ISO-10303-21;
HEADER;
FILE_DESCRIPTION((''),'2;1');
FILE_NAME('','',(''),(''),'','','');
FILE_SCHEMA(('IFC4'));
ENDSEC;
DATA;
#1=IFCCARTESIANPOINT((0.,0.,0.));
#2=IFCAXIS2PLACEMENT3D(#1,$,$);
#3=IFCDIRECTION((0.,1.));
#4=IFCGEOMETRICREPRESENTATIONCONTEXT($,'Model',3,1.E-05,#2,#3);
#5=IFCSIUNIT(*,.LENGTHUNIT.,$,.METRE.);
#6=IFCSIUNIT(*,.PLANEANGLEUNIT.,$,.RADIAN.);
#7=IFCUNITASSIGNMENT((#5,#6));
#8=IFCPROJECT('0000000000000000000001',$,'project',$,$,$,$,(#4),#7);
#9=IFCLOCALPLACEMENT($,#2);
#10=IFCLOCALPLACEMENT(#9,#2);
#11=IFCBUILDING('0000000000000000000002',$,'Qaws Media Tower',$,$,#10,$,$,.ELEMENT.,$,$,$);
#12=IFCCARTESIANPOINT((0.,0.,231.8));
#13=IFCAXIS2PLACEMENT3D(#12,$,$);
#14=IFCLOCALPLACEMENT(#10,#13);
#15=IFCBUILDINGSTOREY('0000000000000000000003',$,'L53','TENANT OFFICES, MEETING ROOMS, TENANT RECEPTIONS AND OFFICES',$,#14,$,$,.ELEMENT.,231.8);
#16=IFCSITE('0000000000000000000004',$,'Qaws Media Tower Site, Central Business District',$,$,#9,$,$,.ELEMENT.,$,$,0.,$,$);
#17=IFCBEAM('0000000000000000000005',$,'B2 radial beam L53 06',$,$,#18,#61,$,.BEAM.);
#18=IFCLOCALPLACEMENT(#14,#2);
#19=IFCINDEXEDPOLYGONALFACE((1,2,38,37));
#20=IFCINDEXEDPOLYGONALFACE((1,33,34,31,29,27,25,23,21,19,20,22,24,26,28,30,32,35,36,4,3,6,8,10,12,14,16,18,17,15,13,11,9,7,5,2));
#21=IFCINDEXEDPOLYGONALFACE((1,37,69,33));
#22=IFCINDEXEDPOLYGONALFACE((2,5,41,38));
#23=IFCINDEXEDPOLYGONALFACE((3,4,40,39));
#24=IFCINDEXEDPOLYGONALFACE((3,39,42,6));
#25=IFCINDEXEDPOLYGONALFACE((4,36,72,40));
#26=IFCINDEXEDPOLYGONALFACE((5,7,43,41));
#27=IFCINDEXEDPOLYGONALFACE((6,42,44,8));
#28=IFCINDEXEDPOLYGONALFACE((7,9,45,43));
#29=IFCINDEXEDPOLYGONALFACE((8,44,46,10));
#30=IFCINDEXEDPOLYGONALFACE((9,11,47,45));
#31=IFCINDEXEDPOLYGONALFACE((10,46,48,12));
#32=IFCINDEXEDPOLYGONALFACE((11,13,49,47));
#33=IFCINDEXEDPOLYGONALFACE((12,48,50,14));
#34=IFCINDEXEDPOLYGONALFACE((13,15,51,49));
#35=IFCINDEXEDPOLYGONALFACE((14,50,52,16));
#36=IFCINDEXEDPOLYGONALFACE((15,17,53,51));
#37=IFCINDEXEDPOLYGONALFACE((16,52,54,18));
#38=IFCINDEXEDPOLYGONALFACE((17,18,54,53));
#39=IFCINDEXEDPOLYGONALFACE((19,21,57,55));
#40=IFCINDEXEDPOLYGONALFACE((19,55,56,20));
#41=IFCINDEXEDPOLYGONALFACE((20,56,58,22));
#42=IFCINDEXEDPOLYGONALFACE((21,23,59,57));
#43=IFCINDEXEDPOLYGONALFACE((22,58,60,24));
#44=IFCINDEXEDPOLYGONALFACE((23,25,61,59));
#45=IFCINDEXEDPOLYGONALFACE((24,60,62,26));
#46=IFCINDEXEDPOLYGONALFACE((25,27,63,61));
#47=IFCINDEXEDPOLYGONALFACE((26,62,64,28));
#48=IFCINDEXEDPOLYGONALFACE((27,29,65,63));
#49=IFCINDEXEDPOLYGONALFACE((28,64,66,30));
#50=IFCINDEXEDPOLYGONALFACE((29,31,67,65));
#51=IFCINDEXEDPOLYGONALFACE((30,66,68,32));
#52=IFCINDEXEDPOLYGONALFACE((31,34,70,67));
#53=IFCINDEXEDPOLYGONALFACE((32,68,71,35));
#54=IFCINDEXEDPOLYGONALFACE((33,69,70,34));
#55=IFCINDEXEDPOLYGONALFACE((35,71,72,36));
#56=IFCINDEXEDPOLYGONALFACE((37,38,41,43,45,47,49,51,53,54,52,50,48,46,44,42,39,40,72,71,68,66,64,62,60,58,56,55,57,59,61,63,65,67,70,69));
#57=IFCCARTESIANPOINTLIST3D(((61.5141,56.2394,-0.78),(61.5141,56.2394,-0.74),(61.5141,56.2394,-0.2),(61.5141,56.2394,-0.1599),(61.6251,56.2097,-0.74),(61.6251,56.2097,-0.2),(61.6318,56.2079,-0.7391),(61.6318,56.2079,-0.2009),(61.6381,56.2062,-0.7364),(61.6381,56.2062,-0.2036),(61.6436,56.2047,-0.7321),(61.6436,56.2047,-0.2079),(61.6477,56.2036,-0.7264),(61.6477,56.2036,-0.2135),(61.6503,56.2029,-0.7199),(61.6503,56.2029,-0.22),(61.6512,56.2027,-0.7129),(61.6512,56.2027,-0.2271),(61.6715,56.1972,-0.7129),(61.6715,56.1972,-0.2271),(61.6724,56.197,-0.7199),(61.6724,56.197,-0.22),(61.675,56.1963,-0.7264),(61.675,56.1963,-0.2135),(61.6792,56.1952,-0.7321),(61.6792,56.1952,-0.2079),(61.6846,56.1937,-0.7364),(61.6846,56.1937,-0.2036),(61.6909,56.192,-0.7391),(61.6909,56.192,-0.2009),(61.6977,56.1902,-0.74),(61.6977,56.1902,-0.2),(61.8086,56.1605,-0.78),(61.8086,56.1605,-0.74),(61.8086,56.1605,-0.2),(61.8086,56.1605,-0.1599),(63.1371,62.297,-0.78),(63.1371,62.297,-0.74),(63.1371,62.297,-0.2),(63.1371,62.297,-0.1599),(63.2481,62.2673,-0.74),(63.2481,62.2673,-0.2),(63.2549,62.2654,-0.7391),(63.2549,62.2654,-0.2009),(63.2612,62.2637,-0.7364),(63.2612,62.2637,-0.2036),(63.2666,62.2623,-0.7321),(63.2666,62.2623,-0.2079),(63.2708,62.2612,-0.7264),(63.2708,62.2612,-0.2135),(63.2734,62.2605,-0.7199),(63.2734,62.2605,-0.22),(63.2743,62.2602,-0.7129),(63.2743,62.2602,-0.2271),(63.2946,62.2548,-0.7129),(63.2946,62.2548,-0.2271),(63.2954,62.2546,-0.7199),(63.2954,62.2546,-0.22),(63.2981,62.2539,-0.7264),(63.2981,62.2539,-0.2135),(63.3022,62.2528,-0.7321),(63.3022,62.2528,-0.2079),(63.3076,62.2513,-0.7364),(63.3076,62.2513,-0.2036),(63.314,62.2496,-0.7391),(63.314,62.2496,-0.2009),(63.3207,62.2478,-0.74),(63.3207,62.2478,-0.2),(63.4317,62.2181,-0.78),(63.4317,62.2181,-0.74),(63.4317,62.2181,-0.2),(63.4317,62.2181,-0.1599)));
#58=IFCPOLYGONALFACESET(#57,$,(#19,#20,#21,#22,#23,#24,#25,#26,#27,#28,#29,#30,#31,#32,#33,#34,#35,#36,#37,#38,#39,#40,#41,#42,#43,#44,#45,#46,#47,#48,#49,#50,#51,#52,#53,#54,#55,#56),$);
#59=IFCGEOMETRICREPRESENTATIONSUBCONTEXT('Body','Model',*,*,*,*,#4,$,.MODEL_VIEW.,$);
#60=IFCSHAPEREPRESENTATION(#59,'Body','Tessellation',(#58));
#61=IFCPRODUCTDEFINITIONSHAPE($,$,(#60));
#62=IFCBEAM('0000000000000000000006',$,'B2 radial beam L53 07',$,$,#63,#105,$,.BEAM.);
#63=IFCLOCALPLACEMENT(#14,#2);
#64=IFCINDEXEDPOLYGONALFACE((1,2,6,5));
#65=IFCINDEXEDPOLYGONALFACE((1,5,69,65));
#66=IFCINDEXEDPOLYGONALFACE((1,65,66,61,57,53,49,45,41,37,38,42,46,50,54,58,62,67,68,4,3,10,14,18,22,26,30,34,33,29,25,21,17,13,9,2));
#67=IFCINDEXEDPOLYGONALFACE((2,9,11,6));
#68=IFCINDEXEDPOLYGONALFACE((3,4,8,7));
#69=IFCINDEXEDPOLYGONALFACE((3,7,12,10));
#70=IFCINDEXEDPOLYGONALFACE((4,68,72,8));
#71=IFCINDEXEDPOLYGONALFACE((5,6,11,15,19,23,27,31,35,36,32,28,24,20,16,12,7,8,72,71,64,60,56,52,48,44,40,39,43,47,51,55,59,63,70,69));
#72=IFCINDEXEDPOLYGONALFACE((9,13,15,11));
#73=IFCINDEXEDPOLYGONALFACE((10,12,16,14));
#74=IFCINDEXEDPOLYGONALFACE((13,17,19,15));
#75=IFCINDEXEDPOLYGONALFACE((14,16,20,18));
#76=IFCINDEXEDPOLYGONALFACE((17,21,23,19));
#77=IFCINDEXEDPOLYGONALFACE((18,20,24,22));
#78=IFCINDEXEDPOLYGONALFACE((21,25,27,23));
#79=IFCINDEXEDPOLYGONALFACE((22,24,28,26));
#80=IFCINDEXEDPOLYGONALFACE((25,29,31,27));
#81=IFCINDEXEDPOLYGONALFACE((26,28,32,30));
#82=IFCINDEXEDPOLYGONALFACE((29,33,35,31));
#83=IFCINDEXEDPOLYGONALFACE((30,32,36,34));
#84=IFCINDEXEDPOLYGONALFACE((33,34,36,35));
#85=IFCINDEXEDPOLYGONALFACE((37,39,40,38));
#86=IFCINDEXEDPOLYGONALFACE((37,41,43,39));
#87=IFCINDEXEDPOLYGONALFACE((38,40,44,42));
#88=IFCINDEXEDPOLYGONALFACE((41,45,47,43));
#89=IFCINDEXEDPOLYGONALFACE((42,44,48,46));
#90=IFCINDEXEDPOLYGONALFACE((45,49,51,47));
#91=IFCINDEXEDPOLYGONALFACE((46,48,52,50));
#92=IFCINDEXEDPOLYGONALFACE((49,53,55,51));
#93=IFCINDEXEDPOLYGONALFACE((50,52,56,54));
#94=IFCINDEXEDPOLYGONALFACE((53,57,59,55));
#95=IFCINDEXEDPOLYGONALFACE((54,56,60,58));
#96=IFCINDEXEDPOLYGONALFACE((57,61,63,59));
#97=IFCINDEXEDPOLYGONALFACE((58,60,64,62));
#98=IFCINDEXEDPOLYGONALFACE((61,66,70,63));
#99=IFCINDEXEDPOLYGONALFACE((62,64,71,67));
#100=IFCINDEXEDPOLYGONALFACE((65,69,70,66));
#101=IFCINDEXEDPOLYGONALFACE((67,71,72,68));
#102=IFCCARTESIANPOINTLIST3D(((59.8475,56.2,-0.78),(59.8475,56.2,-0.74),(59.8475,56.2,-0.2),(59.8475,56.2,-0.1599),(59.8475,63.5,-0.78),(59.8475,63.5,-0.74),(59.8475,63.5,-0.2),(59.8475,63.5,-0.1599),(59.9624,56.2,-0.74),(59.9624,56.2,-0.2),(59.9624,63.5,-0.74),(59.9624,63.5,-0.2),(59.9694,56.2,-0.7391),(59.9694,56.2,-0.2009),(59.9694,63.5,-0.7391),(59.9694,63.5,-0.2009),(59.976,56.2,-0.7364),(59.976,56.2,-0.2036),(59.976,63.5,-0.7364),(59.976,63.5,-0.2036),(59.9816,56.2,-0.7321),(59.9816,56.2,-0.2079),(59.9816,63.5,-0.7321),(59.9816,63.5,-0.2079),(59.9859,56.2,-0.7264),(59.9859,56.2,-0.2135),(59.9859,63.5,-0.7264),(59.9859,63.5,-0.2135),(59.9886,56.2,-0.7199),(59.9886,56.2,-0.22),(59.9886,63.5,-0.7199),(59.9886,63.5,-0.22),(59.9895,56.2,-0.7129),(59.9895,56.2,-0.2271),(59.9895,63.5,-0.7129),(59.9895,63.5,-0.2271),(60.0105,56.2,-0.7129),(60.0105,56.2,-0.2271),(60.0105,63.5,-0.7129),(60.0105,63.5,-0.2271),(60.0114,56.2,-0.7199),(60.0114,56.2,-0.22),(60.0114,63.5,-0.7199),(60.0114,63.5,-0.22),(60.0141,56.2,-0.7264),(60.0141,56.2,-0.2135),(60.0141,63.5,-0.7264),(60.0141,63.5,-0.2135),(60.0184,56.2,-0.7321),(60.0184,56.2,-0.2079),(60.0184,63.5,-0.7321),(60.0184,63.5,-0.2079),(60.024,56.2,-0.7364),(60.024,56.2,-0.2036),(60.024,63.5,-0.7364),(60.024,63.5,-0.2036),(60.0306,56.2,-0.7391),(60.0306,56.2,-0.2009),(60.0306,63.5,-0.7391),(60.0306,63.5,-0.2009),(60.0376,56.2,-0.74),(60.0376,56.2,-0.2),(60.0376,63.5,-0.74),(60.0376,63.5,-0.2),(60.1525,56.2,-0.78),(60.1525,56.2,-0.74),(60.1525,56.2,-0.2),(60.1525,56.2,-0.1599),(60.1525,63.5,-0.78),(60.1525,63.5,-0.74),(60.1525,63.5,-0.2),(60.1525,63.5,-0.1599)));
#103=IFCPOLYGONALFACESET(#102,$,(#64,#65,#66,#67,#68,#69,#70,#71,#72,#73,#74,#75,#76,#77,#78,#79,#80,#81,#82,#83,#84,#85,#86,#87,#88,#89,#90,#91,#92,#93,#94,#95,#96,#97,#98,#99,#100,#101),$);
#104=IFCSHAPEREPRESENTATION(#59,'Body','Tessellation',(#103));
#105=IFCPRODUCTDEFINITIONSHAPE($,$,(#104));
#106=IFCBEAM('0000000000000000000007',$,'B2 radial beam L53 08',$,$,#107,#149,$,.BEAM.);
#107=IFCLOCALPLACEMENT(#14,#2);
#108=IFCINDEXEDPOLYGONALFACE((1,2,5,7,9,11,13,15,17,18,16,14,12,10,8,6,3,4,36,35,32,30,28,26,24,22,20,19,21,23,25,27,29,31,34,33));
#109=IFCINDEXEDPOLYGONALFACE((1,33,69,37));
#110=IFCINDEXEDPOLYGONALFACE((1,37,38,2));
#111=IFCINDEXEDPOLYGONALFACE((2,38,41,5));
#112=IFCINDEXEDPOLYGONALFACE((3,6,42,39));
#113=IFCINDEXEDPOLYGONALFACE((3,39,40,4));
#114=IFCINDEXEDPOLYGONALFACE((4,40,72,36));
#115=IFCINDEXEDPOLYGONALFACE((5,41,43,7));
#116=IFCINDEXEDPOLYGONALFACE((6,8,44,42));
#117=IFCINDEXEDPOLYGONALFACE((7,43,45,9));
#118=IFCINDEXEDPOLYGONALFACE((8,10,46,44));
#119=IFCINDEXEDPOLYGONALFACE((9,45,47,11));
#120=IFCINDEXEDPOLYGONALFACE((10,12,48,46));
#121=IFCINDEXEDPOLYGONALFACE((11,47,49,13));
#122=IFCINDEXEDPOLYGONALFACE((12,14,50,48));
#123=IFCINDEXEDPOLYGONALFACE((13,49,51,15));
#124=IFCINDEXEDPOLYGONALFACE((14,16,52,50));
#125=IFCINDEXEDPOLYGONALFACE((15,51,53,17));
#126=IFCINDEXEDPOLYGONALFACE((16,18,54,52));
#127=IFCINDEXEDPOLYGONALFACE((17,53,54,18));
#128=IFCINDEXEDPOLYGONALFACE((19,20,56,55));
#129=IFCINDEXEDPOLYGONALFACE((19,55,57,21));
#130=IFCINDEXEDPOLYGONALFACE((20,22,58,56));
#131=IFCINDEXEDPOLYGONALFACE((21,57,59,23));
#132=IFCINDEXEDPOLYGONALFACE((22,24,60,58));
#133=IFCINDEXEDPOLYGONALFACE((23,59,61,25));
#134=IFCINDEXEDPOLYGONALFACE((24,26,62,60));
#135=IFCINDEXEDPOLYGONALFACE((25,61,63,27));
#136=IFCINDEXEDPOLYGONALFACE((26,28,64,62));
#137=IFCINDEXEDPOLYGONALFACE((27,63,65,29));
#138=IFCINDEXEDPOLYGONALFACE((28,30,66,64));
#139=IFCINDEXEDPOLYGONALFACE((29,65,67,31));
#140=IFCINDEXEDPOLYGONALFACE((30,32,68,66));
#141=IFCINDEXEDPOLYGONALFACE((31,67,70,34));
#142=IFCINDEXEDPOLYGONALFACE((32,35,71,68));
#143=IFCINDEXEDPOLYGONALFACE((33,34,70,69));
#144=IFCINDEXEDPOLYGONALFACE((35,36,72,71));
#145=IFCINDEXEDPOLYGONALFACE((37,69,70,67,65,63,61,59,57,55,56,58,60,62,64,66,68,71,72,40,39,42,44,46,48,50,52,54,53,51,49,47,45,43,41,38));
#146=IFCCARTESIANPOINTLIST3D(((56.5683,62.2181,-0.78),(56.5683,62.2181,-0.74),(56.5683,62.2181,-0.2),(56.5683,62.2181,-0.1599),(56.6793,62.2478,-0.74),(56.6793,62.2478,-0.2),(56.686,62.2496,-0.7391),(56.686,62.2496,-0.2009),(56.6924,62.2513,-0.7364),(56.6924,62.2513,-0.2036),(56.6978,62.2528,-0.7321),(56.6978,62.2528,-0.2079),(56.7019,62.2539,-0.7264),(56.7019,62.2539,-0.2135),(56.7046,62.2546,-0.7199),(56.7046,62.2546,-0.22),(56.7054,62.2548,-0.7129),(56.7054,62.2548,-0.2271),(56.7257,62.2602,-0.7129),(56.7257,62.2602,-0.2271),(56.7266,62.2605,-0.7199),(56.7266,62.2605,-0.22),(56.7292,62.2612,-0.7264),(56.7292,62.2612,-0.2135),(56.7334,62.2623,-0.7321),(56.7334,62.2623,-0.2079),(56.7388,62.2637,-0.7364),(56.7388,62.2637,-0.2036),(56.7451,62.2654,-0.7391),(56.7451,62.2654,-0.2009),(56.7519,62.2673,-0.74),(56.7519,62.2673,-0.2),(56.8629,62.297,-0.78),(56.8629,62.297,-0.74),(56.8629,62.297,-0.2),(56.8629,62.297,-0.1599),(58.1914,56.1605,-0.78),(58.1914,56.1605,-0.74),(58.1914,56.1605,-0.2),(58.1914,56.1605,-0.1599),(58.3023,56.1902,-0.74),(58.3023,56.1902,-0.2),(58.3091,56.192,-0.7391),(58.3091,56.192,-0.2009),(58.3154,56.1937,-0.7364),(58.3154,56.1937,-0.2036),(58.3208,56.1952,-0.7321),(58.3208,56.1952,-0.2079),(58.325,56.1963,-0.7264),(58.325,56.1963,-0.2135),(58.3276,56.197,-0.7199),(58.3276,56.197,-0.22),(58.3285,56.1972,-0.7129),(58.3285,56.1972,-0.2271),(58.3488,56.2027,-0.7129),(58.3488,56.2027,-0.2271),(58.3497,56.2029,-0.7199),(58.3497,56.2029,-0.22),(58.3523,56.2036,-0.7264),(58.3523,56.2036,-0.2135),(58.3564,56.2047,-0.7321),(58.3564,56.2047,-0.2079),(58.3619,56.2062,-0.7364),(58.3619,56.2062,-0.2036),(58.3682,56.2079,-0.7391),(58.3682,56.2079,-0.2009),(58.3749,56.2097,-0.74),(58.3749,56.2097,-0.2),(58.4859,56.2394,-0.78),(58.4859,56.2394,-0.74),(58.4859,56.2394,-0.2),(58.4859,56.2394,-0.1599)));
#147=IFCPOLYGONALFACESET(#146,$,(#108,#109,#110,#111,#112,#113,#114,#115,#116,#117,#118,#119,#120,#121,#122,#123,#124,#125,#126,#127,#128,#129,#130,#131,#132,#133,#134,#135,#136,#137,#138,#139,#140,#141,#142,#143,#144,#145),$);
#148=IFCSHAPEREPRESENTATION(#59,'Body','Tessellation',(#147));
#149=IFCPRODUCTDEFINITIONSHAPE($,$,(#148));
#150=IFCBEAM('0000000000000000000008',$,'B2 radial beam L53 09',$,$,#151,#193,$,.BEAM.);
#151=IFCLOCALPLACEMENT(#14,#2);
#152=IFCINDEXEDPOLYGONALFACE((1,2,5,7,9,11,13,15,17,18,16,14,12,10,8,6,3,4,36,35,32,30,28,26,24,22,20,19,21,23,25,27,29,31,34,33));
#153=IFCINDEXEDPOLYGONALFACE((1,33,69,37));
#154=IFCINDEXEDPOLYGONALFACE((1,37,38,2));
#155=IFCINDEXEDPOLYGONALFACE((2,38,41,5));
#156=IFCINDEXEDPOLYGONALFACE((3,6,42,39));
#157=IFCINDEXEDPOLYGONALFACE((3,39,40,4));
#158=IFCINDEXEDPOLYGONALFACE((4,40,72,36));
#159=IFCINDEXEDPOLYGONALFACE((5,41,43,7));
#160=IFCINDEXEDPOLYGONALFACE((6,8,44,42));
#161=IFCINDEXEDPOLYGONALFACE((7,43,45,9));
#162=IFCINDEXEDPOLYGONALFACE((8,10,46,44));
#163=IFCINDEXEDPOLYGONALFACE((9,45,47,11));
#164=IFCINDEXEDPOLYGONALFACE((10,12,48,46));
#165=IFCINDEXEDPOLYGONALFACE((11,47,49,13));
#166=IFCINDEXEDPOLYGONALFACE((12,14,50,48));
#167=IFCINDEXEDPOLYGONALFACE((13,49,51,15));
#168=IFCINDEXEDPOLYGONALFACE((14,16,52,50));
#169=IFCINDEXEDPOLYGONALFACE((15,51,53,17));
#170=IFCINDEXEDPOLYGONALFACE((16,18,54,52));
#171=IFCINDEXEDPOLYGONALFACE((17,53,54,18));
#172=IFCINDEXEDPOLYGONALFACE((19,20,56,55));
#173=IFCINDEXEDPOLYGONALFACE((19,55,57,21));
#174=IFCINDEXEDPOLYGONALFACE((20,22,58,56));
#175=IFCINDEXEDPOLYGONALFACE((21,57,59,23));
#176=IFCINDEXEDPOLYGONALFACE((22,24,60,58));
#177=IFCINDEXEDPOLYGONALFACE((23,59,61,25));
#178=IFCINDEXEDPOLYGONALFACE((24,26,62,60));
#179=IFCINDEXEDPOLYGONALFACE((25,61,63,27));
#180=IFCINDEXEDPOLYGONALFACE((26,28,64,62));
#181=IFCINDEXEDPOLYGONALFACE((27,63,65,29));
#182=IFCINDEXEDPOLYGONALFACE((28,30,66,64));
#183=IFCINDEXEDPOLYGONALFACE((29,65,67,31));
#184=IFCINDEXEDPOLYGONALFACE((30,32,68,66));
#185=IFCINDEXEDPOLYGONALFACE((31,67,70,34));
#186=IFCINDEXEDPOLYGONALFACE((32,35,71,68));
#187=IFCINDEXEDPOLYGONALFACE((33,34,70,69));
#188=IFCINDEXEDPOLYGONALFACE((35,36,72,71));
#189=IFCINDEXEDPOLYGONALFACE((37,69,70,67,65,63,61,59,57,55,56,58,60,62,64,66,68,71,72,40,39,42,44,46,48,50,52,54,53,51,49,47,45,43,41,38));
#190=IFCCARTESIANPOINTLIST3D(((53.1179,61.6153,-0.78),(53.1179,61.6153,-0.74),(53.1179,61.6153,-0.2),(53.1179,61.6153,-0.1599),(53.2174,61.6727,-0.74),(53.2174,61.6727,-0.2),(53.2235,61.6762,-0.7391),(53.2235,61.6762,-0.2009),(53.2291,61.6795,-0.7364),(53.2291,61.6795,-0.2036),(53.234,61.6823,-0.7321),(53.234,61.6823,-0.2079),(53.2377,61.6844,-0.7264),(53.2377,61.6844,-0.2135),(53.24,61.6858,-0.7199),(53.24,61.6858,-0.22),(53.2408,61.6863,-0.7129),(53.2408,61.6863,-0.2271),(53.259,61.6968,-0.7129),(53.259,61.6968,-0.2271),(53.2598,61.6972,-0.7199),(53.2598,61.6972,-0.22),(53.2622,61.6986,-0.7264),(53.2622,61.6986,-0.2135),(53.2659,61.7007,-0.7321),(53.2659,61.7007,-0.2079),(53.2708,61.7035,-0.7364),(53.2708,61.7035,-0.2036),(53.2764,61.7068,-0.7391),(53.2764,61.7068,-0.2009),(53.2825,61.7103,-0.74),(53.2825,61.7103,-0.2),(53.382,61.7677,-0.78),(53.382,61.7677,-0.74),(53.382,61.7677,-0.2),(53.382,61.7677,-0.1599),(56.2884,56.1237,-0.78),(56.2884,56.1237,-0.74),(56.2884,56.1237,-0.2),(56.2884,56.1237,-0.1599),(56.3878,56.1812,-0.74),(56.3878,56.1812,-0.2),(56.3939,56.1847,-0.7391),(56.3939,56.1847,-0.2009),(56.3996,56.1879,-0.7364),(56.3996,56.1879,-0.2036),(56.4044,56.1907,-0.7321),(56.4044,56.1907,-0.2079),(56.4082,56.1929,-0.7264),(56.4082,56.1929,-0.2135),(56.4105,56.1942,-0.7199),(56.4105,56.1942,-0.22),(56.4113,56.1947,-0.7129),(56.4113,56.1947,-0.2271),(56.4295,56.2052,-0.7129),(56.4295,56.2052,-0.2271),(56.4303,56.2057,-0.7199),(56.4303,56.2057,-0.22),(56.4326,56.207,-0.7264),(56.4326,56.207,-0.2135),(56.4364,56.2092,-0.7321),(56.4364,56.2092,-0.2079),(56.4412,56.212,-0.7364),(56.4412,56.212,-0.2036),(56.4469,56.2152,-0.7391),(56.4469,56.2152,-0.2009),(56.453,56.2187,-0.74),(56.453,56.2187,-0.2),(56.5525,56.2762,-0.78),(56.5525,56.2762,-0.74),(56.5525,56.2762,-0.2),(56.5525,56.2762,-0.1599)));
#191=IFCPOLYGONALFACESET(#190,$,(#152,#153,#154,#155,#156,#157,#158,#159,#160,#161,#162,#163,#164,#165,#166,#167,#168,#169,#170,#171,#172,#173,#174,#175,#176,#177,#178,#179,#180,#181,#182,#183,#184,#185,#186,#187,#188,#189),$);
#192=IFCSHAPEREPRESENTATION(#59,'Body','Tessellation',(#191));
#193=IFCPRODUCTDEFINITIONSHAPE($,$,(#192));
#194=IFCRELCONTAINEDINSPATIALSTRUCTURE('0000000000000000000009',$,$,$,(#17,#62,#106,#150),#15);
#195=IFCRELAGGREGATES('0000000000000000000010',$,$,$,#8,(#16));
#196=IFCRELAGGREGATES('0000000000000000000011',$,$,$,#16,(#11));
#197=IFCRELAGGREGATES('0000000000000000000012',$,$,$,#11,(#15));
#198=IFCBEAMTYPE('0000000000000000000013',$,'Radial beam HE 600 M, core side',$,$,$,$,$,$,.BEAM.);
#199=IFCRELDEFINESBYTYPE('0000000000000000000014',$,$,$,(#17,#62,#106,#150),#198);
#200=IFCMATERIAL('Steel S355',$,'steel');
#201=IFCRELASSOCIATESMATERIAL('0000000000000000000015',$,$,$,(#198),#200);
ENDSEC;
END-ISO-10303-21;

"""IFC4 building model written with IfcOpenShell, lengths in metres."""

from ifc_helpers import new_model, si_unit, direction, frame, origin, origin_2d, place, context, subcontext, project, spatial, i_section, extrude, material, material_profile, profile_set, type_object, element, save


model = new_model("IFC4")

# Units and contexts
model_context = context("Model", 3, precision=1e-05, world=origin(), true_north=direction((0.0, 1.0)))
body_context = subcontext(model_context, "Body", "Model", "MODEL_VIEW")
ifc_project = project(units=[si_unit("LENGTHUNIT", "METRE"), si_unit("PLANEANGLEUNIT", "RADIAN")], contexts=[model_context])

# Site, building, storey
site_placement = place(None, origin())
site = spatial("IfcSite", under=ifc_project, at=site_placement, Name="Qaws Media Tower Site, Central Business District", CompositionType="ELEMENT", RefElevation=0.0)
building_placement = place(site_placement, origin())
building = spatial("IfcBuilding", under=site, at=building_placement, Name="Qaws Media Tower", CompositionType="ELEMENT")
storey_placement = place(building_placement, frame((0.0, 0.0, 231.8)))
storey = spatial("IfcBuildingStorey", under=building, at=storey_placement, Name="L53", Description="TENANT OFFICES, MEETING ROOMS, TENANT RECEPTIONS AND OFFICES", CompositionType="ELEMENT", Elevation=231.8)

# Beams
ifc_material_1 = material(Name="Steel S355", Category="steel")
ifc_material_profile_1 = material_profile(ifc_material_1, i_section(OverallWidth=0.3049, OverallDepth=0.6201, WebThickness=0.021, FlangeThickness=0.04, FilletRadius=0.0271, at=origin_2d()), Name="HE 600 M")
ifc_profile_set_1 = profile_set([ifc_material_profile_1], Name="Steel S355")
beam_type = type_object("IfcBeamType", Name="Radial beam HE 600 M, core side", PredefinedType="BEAM", material=ifc_profile_set_1)
beam_1_placement = place(storey_placement, frame((61.6614, 56.2, -0.47), z_axis=(0.258806, 0.965929, 0.0), x_axis=(-0.965929, 0.258806, 0.0)))
element("IfcBeam", 1, at=beam_1_placement, inside=storey, type_object=beam_type, Name="B2 radial beam L53 06", PredefinedType="BEAM", context=body_context, shape_type="SweptSolid", body=[
    extrude(i_section(OverallWidth=0.3049, OverallDepth=0.6201, WebThickness=0.021, FlangeThickness=0.04, FilletRadius=0.0271, at=origin_2d()), origin(), (0.0, 0.0, 1.0), 6.2712),
])
beam_2_placement = place(storey_placement, frame((60.0, 56.2, -0.47), z_axis=(0.0, 1.0, 0.0), x_axis=(-1.0, 0.0, 0.0)))
element("IfcBeam", 2, at=beam_2_placement, inside=storey, type_object=beam_type, Name="B2 radial beam L53 07", PredefinedType="BEAM", context=body_context, shape_type="SweptSolid", body=[
    extrude(i_section(OverallWidth=0.3049, OverallDepth=0.6201, WebThickness=0.021, FlangeThickness=0.04, FilletRadius=0.0271, at=origin_2d()), origin(), (0.0, 0.0, 1.0), 7.3),
])
beam_3_placement = place(storey_placement, frame((58.3386, 56.2, -0.47), z_axis=(-0.258806, 0.965929, 0.0), x_axis=(-0.965929, -0.258806, 0.0)))
element("IfcBeam", 3, at=beam_3_placement, inside=storey, type_object=beam_type, Name="B2 radial beam L53 08", PredefinedType="BEAM", context=body_context, shape_type="SweptSolid", body=[
    extrude(i_section(OverallWidth=0.3049, OverallDepth=0.6201, WebThickness=0.021, FlangeThickness=0.04, FilletRadius=0.0271, at=origin_2d()), origin(), (0.0, 0.0, 1.0), 6.2712),
])
beam_4_placement = place(storey_placement, frame((56.4204, 56.2, -0.47), z_axis=(-0.49999, 0.866031, 0.0), x_axis=(-0.866031, -0.49999, 0.0)))
element("IfcBeam", 4, at=beam_4_placement, inside=storey, type_object=beam_type, Name="B2 radial beam L53 09", PredefinedType="BEAM", context=body_context, shape_type="SweptSolid", body=[
    extrude(i_section(OverallWidth=0.3049, OverallDepth=0.6201, WebThickness=0.021, FlangeThickness=0.04, FilletRadius=0.0271, at=origin_2d()), origin(), (0.0, 0.0, 1.0), 6.3411),
])

save(model, "model.ifc")
